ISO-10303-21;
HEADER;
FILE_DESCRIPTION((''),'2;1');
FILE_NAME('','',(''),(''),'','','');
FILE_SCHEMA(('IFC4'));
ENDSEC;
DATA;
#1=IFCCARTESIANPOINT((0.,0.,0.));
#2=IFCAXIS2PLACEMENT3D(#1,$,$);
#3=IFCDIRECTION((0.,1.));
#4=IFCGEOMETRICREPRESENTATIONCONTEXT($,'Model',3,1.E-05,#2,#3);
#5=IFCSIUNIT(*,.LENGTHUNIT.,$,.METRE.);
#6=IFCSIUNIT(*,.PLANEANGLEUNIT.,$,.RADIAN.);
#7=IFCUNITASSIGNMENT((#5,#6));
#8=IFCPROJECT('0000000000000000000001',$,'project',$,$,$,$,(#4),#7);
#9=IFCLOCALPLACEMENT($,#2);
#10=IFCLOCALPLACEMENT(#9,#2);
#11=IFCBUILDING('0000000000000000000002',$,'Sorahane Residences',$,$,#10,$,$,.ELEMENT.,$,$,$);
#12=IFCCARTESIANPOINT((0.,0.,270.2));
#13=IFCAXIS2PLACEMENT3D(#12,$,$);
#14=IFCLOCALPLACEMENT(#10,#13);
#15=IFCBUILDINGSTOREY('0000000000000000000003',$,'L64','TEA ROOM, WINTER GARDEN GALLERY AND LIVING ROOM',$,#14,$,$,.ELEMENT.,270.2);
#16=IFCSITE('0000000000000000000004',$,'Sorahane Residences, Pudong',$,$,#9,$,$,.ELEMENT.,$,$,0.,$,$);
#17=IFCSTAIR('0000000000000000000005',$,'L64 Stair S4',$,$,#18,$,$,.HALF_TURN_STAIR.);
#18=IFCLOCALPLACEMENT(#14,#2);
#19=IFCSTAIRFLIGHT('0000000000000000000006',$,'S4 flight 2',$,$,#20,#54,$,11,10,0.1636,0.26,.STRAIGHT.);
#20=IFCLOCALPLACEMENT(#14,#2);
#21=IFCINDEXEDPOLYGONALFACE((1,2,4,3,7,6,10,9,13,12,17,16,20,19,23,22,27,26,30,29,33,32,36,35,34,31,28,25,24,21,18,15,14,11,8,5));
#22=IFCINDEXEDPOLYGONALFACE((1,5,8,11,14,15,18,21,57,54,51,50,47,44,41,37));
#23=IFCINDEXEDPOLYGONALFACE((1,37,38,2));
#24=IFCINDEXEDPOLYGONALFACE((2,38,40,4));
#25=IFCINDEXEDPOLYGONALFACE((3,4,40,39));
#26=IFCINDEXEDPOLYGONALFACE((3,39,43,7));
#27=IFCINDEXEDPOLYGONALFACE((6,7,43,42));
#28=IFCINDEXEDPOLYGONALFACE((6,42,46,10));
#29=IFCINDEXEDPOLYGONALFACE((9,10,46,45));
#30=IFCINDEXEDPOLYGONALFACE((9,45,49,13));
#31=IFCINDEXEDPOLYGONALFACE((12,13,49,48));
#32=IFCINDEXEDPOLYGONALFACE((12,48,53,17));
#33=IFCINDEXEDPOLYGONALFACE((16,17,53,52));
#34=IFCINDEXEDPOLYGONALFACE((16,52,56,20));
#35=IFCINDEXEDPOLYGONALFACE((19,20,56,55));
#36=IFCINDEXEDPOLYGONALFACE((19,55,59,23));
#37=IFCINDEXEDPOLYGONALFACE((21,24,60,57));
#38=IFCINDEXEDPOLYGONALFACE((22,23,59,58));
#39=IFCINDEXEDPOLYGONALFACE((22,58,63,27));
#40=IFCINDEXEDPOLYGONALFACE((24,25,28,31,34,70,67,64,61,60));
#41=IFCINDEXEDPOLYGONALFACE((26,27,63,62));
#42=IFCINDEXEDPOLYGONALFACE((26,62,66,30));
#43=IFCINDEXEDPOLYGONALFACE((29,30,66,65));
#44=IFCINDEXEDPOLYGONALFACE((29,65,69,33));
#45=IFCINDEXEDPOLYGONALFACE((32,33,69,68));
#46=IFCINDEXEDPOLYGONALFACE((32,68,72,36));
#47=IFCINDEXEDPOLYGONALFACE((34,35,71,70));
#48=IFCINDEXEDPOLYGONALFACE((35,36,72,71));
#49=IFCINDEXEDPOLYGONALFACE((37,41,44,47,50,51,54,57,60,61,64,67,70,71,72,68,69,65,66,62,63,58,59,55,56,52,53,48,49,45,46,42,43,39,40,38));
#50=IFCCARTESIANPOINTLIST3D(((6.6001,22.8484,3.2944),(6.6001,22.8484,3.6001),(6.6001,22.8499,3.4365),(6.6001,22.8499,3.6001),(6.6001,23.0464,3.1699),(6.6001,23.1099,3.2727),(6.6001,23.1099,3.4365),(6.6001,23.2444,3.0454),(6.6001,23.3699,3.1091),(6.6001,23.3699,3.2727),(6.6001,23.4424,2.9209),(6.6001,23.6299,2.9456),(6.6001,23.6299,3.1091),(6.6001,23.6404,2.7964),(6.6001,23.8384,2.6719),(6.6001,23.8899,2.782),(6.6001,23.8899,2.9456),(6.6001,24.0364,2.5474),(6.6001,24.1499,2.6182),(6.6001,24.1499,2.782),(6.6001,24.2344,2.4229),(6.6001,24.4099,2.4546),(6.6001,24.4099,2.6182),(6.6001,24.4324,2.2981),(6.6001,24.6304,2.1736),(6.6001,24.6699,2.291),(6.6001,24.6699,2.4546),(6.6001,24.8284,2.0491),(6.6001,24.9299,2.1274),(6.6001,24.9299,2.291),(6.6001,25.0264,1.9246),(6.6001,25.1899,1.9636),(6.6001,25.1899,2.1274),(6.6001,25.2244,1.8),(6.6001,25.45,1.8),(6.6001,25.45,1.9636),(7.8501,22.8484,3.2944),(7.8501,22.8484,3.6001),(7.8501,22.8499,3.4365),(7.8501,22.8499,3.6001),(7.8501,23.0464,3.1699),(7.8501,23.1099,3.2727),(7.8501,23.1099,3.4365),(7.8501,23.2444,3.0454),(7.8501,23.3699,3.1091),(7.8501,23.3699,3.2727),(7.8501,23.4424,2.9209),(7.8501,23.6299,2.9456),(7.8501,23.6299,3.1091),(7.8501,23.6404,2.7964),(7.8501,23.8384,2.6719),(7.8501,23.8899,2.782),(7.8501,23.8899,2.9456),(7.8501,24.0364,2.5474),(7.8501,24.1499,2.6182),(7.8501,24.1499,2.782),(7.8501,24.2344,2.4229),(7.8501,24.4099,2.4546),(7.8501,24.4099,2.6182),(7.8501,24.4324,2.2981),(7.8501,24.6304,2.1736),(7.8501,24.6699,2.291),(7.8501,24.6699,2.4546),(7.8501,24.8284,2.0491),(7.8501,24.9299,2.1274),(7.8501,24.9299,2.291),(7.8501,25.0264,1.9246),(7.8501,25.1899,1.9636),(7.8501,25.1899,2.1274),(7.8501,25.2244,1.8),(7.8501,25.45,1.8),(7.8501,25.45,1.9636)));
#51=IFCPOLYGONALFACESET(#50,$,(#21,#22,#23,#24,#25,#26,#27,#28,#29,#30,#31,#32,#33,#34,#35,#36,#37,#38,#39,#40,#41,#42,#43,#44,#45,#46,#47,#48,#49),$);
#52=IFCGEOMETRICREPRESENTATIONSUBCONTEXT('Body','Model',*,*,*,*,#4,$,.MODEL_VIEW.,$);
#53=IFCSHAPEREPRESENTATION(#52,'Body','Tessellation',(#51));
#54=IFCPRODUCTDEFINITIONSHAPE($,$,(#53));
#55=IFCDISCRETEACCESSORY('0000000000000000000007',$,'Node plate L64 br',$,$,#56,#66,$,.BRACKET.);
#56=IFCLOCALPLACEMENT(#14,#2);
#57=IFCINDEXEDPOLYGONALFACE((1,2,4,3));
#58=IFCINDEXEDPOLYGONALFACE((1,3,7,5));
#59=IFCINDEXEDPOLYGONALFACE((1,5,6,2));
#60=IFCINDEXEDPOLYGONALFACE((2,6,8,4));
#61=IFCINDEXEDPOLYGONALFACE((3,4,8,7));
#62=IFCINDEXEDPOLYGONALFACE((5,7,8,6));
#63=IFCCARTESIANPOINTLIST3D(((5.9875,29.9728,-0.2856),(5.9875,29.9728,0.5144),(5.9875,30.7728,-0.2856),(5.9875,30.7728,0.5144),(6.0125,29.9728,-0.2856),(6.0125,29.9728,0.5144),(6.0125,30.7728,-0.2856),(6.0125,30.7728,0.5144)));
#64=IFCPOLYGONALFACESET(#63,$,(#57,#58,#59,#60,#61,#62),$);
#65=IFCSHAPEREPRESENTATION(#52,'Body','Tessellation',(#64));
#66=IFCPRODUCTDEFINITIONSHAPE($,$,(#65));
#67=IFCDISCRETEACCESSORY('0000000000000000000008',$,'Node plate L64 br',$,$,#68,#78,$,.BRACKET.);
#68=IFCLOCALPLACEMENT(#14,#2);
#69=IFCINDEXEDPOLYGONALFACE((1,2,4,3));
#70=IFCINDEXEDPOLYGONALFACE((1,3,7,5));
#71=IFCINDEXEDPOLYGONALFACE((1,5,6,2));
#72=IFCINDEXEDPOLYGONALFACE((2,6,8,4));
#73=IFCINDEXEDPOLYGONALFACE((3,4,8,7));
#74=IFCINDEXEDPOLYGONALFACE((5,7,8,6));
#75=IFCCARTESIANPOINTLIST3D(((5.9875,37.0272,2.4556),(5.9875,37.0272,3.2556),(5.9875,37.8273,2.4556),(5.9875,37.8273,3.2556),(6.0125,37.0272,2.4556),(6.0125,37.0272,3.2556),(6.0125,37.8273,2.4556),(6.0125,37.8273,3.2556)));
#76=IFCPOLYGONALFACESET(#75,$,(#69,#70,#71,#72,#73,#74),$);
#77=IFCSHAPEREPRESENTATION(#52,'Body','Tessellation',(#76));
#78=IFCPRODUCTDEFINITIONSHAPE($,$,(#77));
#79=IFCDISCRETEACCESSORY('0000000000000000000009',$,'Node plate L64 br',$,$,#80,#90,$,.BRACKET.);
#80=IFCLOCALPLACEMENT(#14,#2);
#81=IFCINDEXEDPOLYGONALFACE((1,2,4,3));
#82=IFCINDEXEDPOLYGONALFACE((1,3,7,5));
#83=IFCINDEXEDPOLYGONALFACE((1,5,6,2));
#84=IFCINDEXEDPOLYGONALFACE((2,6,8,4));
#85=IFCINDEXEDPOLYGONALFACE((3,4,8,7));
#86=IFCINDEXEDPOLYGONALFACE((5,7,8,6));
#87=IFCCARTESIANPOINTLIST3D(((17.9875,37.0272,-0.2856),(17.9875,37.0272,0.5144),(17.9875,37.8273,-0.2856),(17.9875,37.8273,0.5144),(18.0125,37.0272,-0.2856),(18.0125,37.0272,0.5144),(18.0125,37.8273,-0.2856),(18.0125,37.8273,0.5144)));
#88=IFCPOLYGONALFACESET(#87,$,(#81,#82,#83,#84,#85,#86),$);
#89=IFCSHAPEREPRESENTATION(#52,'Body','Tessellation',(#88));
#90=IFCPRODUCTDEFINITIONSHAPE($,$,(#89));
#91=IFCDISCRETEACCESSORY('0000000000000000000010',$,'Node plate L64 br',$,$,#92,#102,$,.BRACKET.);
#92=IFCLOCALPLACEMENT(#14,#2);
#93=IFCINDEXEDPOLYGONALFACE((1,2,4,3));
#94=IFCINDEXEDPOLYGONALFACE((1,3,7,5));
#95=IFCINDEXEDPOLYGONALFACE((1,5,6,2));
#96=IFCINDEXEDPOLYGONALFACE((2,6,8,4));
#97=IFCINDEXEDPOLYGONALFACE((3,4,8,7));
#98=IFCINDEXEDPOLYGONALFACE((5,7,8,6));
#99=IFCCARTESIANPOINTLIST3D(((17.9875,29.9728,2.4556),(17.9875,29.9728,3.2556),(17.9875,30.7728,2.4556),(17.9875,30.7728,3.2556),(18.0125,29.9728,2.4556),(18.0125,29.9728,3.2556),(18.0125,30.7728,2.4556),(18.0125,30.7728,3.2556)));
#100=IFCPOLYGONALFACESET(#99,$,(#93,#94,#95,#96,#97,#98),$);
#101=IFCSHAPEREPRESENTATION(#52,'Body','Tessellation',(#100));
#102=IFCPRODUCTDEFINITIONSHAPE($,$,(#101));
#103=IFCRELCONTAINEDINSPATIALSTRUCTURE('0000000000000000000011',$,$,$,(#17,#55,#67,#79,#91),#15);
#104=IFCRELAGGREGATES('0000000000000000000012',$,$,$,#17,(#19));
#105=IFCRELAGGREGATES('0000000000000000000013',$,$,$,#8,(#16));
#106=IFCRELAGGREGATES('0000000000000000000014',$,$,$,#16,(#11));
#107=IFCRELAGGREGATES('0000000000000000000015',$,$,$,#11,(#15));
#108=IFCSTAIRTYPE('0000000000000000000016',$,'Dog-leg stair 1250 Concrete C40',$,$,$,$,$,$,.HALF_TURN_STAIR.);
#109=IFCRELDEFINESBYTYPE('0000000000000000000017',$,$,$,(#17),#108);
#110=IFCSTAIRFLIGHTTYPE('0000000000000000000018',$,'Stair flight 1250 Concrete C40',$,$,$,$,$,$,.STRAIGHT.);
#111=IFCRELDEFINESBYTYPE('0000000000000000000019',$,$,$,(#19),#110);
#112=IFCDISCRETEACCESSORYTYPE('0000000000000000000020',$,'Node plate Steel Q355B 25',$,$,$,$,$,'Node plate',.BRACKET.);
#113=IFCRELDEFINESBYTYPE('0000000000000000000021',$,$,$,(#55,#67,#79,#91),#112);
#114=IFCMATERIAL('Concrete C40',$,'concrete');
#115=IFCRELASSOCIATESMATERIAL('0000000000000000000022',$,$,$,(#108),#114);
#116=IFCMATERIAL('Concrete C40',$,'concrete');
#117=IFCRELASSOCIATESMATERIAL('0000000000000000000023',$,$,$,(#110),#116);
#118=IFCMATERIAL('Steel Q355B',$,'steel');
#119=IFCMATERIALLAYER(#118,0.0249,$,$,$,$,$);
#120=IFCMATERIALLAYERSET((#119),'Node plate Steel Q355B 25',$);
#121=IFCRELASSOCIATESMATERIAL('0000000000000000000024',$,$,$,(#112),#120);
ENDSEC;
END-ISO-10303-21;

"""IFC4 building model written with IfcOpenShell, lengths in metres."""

from ifc_helpers import new_model, si_unit, direction, frame, origin, origin_2d, place, context, subcontext, project, spatial, polyline, rectangle, outline, extrude, material, layer, layer_set, type_object, element, aggregate, save


model = new_model("IFC4")

# Units and contexts
model_context = context("Model", 3, precision=1e-05, world=origin(), true_north=direction((0.0, 1.0)))
body_context = subcontext(model_context, "Body", "Model", "MODEL_VIEW")
ifc_project = project(units=[si_unit("LENGTHUNIT", "METRE"), si_unit("PLANEANGLEUNIT", "RADIAN")], contexts=[model_context])

# Site, building, storey
site_placement = place(None, origin())
site = spatial("IfcSite", under=ifc_project, at=site_placement, Name="Sorahane Residences, Pudong", CompositionType="ELEMENT", RefElevation=0.0)
building_placement = place(site_placement, origin())
building = spatial("IfcBuilding", under=site, at=building_placement, Name="Sorahane Residences", CompositionType="ELEMENT")
storey_placement = place(building_placement, frame((0.0, 0.0, 270.2)))
storey = spatial("IfcBuildingStorey", under=building, at=storey_placement, Name="L64", Description="TEA ROOM, WINTER GARDEN GALLERY AND LIVING ROOM", CompositionType="ELEMENT", Elevation=270.2)

# Stair, stair flight
ifc_material_1 = material(Name="Concrete C40", Category="concrete")
stair_type = type_object("IfcStairType", Name="Dog-leg stair 1250 Concrete C40", PredefinedType="HALF_TURN_STAIR", material=ifc_material_1)
stair_placement = place(storey_placement, origin())
stair = element("IfcStair", 1, at=stair_placement, inside=storey, type_object=stair_type, Name="L64 Stair S4", PredefinedType="HALF_TURN_STAIR")
ifc_material_2 = material(Name="Concrete C40", Category="concrete")
stair_flight_type = type_object("IfcStairFlightType", Name="Stair flight 1250 Concrete C40", PredefinedType="STRAIGHT", material=ifc_material_2)
stair_flight_placement = place(storey_placement, frame((7.2251, 25.45, 1.8), z_axis=(0.0, 0.0, 1.0), x_axis=(0.0, -1.0, 0.0)))
stair_flight = element("IfcStairFlight", 2, at=stair_flight_placement, type_object=stair_flight_type, Name="S4 flight 2", NumberOfRisers=11, NumberOfTreads=10, PredefinedType="STRAIGHT", RiserHeight=0.1636, TreadLength=0.26, context=body_context, shape_type="SweptSolid", body=[
    extrude(outline(polyline([(0.0, 0.0), (0.0, 0.1636), (0.26, 0.1636), (0.26, 0.3274), (0.52, 0.3274), (0.52, 0.491), (0.78, 0.491), (0.78, 0.6545), (1.04, 0.6545), (1.04, 0.8181), (1.3, 0.8181), (1.3, 0.9819), (1.5601, 0.9819), (1.5601, 1.1455), (1.8201, 1.1455), (1.8201, 1.3091), (2.0801, 1.3091), (2.0801, 1.4727), (2.3401, 1.4727), (2.3401, 1.6365), (2.6001, 1.6365), (2.6001, 1.8), (2.6016, 1.8), (2.6016, 1.4944), (2.4036, 1.3699), (2.2056, 1.2454), (2.0076, 1.1208), (1.8096, 0.9963), (1.6116, 0.8718), (1.4136, 0.7473), (1.2156, 0.6228), (1.0176, 0.498), (0.8196, 0.3735), (0.6216, 0.249), (0.4236, 0.1245), (0.2256, 0.0), (0.0, 0.0)])), frame((0.0, 0.625, 0.0), z_axis=(0.0, -1.0, 0.0), x_axis=(1.0, 0.0, 0.0)), (0.0, 0.0, 1.0), 1.25),
])
aggregate(stair, [stair_flight])

# Discrete accessories
ifc_material_3 = material(Name="Steel Q355B", Category="steel")
ifc_layer_1 = layer(ifc_material_3, 0.0249)
ifc_layer_set_1 = layer_set([ifc_layer_1], Name="Node plate Steel Q355B 25")
discrete_accessory_type = type_object("IfcDiscreteAccessoryType", Name="Node plate Steel Q355B 25", ElementType="Node plate", PredefinedType="BRACKET", material=ifc_layer_set_1)
for number, where, z_axis, x_axis, name in (
    (3, (6.0, 30.3728, -0.2856), (0.0, 0.0, 1.0), (0.0, 1.0, 0.0), "Node plate L64 br"),
    (4, (6.0, 37.4272, 2.4556), (0.0, 0.0, 1.0), (0.0, 1.0, 0.0), "Node plate L64 br"),
    (5, (18.0, 37.4272, -0.2856), (0.0, 0.0, 1.0), (0.0, 1.0, 0.0), "Node plate L64 br"),
    (6, (18.0, 30.3728, 2.4556), (0.0, 0.0, 1.0), (0.0, 1.0, 0.0), "Node plate L64 br"),
):
    element("IfcDiscreteAccessory", number, at=place(storey_placement, frame(where, z_axis=z_axis, x_axis=x_axis)), inside=storey, type_object=discrete_accessory_type, Name=name, PredefinedType="BRACKET", context=body_context, shape_type="SweptSolid", body=[
        extrude(rectangle(XDim=0.8, YDim=0.0249, at=origin_2d()), origin(), (0.0, 0.0, 1.0), 0.8),
    ])

save(model, "model.ifc")
